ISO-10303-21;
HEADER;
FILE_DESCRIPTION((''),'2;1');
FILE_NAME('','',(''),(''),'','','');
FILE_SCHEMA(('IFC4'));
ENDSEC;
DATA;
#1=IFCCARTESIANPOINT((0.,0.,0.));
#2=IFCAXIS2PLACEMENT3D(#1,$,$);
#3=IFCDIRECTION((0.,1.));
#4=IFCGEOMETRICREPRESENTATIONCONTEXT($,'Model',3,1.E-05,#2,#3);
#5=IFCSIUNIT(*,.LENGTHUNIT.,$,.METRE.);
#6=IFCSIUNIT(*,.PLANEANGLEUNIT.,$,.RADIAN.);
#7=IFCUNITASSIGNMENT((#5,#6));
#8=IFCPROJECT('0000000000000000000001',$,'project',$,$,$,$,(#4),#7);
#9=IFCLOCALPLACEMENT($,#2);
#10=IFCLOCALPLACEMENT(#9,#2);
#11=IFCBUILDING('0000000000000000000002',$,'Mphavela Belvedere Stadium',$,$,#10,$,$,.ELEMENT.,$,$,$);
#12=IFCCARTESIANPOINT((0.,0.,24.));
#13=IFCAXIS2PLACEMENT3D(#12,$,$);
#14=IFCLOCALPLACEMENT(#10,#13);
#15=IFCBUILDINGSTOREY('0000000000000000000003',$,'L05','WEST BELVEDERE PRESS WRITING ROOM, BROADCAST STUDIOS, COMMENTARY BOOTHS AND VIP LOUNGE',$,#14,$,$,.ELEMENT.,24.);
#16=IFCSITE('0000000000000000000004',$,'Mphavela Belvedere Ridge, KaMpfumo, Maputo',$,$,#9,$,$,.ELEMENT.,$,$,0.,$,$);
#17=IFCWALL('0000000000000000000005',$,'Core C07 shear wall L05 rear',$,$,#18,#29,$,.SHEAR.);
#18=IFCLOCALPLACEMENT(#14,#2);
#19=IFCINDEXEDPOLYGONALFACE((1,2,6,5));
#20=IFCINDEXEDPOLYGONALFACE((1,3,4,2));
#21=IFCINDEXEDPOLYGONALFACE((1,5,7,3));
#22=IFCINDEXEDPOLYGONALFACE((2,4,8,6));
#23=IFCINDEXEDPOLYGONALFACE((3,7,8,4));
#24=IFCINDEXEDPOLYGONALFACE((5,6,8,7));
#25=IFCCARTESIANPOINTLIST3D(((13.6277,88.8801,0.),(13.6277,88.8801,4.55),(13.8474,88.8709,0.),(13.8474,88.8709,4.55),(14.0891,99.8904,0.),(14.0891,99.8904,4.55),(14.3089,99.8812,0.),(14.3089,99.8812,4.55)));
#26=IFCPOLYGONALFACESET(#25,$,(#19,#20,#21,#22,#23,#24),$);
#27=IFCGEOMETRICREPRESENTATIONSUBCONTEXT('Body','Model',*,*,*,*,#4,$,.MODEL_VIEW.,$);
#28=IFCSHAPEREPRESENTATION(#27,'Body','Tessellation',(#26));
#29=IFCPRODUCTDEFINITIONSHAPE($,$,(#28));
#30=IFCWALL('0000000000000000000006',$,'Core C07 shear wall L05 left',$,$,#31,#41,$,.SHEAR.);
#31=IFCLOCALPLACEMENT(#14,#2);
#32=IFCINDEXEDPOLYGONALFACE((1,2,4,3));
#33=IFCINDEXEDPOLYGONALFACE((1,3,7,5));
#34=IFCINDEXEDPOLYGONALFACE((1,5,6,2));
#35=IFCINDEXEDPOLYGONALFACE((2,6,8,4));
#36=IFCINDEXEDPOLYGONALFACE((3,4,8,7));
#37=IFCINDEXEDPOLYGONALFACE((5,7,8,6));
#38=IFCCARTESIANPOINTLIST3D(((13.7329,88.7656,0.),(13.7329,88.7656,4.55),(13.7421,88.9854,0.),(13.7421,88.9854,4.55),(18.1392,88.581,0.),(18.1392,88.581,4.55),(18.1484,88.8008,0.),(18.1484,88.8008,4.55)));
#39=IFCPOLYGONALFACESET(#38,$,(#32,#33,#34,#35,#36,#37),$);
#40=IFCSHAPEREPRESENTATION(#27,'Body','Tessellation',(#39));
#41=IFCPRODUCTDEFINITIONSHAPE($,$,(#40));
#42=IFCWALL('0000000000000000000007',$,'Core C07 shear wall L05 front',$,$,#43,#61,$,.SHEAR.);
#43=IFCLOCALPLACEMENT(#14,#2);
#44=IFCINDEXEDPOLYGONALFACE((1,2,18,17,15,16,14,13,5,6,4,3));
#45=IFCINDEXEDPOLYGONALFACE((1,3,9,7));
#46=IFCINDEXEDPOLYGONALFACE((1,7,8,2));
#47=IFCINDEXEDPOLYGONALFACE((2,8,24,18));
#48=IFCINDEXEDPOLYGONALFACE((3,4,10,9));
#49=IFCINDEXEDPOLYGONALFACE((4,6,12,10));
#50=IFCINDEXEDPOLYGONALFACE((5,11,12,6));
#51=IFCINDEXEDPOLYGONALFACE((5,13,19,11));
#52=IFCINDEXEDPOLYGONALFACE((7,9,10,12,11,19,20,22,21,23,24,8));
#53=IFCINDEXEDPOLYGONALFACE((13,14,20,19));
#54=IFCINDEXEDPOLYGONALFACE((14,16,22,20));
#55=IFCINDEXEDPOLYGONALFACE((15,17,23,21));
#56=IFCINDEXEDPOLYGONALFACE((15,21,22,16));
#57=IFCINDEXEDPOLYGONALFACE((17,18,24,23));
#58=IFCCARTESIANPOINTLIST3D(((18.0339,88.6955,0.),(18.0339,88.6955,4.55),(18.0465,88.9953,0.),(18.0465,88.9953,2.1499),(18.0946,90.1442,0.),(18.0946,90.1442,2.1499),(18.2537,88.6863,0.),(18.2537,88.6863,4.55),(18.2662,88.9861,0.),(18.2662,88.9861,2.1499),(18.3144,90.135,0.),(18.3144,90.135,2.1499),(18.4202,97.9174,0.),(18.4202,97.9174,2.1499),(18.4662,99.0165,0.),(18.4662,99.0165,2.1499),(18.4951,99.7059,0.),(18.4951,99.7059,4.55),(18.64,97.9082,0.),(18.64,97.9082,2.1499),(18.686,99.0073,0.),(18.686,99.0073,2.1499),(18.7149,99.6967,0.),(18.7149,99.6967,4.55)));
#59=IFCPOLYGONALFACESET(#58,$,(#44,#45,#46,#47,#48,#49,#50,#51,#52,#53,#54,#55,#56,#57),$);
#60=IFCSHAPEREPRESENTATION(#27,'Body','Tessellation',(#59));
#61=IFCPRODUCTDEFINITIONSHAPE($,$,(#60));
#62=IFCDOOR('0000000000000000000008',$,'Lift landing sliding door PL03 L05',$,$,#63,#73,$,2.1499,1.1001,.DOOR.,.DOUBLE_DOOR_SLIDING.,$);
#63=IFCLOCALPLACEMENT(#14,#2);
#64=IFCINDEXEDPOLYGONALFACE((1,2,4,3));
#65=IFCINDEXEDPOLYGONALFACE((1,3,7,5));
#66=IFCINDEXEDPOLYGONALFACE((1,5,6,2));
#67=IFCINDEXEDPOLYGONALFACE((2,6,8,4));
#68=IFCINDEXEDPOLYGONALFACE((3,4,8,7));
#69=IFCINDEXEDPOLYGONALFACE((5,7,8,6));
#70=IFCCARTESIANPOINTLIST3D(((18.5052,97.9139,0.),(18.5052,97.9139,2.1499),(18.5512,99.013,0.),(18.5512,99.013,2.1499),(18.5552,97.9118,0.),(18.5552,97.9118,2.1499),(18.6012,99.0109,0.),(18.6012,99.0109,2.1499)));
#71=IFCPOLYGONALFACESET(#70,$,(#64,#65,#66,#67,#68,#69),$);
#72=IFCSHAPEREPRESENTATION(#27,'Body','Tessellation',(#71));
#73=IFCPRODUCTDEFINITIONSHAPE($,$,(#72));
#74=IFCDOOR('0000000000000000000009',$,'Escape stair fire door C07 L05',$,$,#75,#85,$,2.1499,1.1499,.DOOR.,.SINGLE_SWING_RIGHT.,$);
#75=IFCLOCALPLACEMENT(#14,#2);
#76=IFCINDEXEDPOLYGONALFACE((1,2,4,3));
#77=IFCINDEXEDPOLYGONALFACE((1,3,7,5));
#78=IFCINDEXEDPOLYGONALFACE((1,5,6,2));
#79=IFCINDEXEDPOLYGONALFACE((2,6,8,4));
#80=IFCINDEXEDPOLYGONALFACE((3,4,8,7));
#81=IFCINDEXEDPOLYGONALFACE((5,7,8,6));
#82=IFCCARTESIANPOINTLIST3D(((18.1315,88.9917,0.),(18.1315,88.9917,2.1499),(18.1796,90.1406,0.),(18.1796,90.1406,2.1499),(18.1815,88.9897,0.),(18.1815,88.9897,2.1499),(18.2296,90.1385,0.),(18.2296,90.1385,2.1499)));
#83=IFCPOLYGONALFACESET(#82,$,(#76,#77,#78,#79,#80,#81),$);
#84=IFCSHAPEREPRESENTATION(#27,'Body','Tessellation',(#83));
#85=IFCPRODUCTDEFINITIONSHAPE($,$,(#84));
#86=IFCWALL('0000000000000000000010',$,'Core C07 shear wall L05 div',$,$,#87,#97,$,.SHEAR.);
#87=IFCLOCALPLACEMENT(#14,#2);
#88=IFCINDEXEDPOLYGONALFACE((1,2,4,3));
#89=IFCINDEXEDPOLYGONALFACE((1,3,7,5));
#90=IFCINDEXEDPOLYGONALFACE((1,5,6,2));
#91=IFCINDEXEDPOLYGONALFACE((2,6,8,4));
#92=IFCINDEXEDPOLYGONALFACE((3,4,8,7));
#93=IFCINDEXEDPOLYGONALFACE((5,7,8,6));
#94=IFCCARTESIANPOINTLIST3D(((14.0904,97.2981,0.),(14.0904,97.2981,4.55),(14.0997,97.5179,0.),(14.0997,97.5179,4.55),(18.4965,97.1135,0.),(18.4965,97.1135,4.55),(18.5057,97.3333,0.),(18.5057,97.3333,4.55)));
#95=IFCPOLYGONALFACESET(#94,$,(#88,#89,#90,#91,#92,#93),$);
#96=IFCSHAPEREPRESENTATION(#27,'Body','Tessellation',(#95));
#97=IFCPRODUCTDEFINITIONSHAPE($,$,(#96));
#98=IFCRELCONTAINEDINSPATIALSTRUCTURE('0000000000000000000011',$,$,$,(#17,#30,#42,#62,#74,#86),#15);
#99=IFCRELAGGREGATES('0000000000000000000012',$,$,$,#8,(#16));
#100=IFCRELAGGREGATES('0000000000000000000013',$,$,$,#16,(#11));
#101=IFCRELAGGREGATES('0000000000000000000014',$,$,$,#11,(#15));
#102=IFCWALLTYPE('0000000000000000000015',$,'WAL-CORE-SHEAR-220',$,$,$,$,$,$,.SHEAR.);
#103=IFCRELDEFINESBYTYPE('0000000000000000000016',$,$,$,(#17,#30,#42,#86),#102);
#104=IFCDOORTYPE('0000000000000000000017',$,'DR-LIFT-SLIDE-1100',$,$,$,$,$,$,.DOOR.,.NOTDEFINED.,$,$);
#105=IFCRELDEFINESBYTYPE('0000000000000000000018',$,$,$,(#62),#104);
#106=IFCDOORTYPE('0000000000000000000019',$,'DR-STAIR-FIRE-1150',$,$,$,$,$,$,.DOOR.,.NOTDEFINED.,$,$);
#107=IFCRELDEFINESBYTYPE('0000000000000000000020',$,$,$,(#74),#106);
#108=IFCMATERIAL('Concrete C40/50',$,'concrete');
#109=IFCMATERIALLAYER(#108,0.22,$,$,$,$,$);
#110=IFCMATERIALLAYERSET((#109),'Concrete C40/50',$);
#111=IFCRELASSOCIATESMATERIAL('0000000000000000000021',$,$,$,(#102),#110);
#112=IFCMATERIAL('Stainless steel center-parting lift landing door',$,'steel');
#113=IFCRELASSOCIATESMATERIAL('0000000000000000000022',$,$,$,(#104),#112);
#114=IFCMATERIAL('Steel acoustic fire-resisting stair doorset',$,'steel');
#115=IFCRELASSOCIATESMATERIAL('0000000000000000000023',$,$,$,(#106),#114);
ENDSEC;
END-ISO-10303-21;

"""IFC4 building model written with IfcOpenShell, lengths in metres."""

from ifc_helpers import new_model, si_unit, direction, frame, frame_2d, origin, place, context, subcontext, project, spatial, rectangle, extrude, material, layer, layer_set, type_object, element, fill, save


model = new_model("IFC4")

# Units and contexts
model_context = context("Model", 3, precision=1e-05, world=origin(), true_north=direction((0.0, 1.0)))
body_context = subcontext(model_context, "Body", "Model", "MODEL_VIEW")
ifc_project = project(units=[si_unit("LENGTHUNIT", "METRE"), si_unit("PLANEANGLEUNIT", "RADIAN")], contexts=[model_context])

# Site, building, storey
site_placement = place(None, origin())
site = spatial("IfcSite", under=ifc_project, at=site_placement, Name="Mphavela Belvedere Ridge, KaMpfumo, Maputo", CompositionType="ELEMENT", RefElevation=0.0)
building_placement = place(site_placement, origin())
building = spatial("IfcBuilding", under=site, at=building_placement, Name="Mphavela Belvedere Stadium", CompositionType="ELEMENT")
storey_placement = place(building_placement, frame((0.0, 0.0, 24.0)))
storey = spatial("IfcBuildingStorey", under=building, at=storey_placement, Name="L05", Description="WEST BELVEDERE PRESS WRITING ROOM, BROADCAST STUDIOS, COMMENTARY BOOTHS AND VIP LOUNGE", CompositionType="ELEMENT", Elevation=24.0)

# Walls
ifc_material_1 = material(Name="Concrete C40/50", Category="concrete")
ifc_layer_1 = layer(ifc_material_1, 0.22)
ifc_layer_set_1 = layer_set([ifc_layer_1], Name="Concrete C40/50")
wall_type = type_object("IfcWallType", Name="WAL-CORE-SHEAR-220", PredefinedType="SHEAR", material=ifc_layer_set_1)
wall_1_placement = place(storey_placement, frame((13.7375, 88.8755, 0.0), z_axis=(0.0, 0.0, 1.0), x_axis=(0.041872, 0.999123, 0.0)))
element("IfcWall", 1, at=wall_1_placement, inside=storey, type_object=wall_type, Name="Core C07 shear wall L05 rear", PredefinedType="SHEAR", context=body_context, shape_type="SweptSolid", body=[
    extrude(rectangle(XDim=11.02, YDim=0.22, at=frame_2d((5.51, 0.0))), origin(), (0.0, 0.0, 1.0), 4.55),
])
wall_2_placement = place(storey_placement, frame((18.1438, 88.6909, 0.0), z_axis=(0.0, 0.0, 1.0), x_axis=(-0.999124, 0.041852, 0.0)))
element("IfcWall", 2, at=wall_2_placement, inside=storey, type_object=wall_type, Name="Core C07 shear wall L05 left", PredefinedType="SHEAR", context=body_context, shape_type="SweptSolid", body=[
    extrude(rectangle(XDim=4.4102, YDim=0.22, at=frame_2d((2.2051, 0.0))), origin(), (0.0, 0.0, 1.0), 4.55),
])

# Wall, openings, doors
wall_3_placement = place(storey_placement, frame((18.1438, 88.6909, 0.0), z_axis=(0.0, 0.0, 1.0), x_axis=(0.04185, 0.999124, 0.0)))
wall_3 = element("IfcWall", 3, at=wall_3_placement, inside=storey, type_object=wall_type, Name="Core C07 shear wall L05 front", PredefinedType="SHEAR", context=body_context, shape_type="SweptSolid", body=[
    extrude(rectangle(XDim=11.02, YDim=0.22, at=frame_2d((5.51, 0.0))), origin(), (0.0, 0.0, 1.0), 4.55),
])
opening_1_placement = place(wall_3_placement, frame((0.3, 0.0, 0.0)))
opening_1 = element("IfcOpeningElement", 4, at=opening_1_placement, cuts=wall_3, PredefinedType="OPENING", context=body_context, shape_type="SweptSolid", body=[
    extrude(rectangle(XDim=1.1499, YDim=2.1499, at=frame_2d((0.575, 1.075))), frame((0.0, 0.1201, 0.0), z_axis=(0.0, -1.0, 0.0), x_axis=(1.0, 0.0, 0.0)), (0.0, 0.0, 1.0), 0.24),
])
opening_2_placement = place(wall_3_placement, frame((9.23, 0.0, 0.0)))
opening_2 = element("IfcOpeningElement", 5, at=opening_2_placement, cuts=wall_3, PredefinedType="OPENING", context=body_context, shape_type="SweptSolid", body=[
    extrude(rectangle(XDim=1.1001, YDim=2.1499, at=frame_2d((0.55, 1.075))), frame((0.0, 0.1201, 0.0), z_axis=(0.0, -1.0, 0.0), x_axis=(1.0, 0.0, 0.0)), (0.0, 0.0, 1.0), 0.24),
])
ifc_material_2 = material(Name="Stainless steel center-parting lift landing door", Category="steel")
door_type_1 = type_object("IfcDoorType", Name="DR-LIFT-SLIDE-1100", OperationType="NOTDEFINED", PredefinedType="DOOR", material=ifc_material_2)
door_1_placement = place(opening_2_placement, origin())
door_1 = element("IfcDoor", 6, at=door_1_placement, inside=storey, type_object=door_type_1, Name="Lift landing sliding door PL03 L05", OperationType="DOUBLE_DOOR_SLIDING", OverallHeight=2.1499, OverallWidth=1.1001, PredefinedType="DOOR", context=body_context, shape_type="SweptSolid", body=[
    extrude(rectangle(XDim=1.1001, YDim=2.1499, at=frame_2d((0.55, 1.075))), frame((0.0, 0.0249, 0.0), z_axis=(0.0, -1.0, 0.0), x_axis=(1.0, 0.0, 0.0)), (0.0, 0.0, 1.0), 0.05),
])
fill(opening_2, door_1)
ifc_material_3 = material(Name="Steel acoustic fire-resisting stair doorset", Category="steel")
door_type_2 = type_object("IfcDoorType", Name="DR-STAIR-FIRE-1150", OperationType="NOTDEFINED", PredefinedType="DOOR", material=ifc_material_3)
door_2_placement = place(opening_1_placement, origin())
door_2 = element("IfcDoor", 7, at=door_2_placement, inside=storey, type_object=door_type_2, Name="Escape stair fire door C07 L05", OperationType="SINGLE_SWING_RIGHT", OverallHeight=2.1499, OverallWidth=1.1499, PredefinedType="DOOR", context=body_context, shape_type="SweptSolid", body=[
    extrude(rectangle(XDim=1.1499, YDim=2.1499, at=frame_2d((0.575, 1.075))), frame((0.0, 0.0249, 0.0), z_axis=(0.0, -1.0, 0.0), x_axis=(1.0, 0.0, 0.0)), (0.0, 0.0, 1.0), 0.05),
])
fill(opening_1, door_2)

# Wall
wall_4_placement = place(storey_placement, frame((18.5012, 97.2234, 0.0), z_axis=(0.0, 0.0, 1.0), x_axis=(-0.999124, 0.041854, 0.0)))
element("IfcWall", 8, at=wall_4_placement, inside=storey, type_object=wall_type, Name="Core C07 shear wall L05 div", PredefinedType="SHEAR", context=body_context, shape_type="SweptSolid", body=[
    extrude(rectangle(XDim=4.4099, YDim=0.22, at=frame_2d((2.2051, 0.0))), origin(), (0.0, 0.0, 1.0), 4.55),
])

save(model, "model.ifc")
